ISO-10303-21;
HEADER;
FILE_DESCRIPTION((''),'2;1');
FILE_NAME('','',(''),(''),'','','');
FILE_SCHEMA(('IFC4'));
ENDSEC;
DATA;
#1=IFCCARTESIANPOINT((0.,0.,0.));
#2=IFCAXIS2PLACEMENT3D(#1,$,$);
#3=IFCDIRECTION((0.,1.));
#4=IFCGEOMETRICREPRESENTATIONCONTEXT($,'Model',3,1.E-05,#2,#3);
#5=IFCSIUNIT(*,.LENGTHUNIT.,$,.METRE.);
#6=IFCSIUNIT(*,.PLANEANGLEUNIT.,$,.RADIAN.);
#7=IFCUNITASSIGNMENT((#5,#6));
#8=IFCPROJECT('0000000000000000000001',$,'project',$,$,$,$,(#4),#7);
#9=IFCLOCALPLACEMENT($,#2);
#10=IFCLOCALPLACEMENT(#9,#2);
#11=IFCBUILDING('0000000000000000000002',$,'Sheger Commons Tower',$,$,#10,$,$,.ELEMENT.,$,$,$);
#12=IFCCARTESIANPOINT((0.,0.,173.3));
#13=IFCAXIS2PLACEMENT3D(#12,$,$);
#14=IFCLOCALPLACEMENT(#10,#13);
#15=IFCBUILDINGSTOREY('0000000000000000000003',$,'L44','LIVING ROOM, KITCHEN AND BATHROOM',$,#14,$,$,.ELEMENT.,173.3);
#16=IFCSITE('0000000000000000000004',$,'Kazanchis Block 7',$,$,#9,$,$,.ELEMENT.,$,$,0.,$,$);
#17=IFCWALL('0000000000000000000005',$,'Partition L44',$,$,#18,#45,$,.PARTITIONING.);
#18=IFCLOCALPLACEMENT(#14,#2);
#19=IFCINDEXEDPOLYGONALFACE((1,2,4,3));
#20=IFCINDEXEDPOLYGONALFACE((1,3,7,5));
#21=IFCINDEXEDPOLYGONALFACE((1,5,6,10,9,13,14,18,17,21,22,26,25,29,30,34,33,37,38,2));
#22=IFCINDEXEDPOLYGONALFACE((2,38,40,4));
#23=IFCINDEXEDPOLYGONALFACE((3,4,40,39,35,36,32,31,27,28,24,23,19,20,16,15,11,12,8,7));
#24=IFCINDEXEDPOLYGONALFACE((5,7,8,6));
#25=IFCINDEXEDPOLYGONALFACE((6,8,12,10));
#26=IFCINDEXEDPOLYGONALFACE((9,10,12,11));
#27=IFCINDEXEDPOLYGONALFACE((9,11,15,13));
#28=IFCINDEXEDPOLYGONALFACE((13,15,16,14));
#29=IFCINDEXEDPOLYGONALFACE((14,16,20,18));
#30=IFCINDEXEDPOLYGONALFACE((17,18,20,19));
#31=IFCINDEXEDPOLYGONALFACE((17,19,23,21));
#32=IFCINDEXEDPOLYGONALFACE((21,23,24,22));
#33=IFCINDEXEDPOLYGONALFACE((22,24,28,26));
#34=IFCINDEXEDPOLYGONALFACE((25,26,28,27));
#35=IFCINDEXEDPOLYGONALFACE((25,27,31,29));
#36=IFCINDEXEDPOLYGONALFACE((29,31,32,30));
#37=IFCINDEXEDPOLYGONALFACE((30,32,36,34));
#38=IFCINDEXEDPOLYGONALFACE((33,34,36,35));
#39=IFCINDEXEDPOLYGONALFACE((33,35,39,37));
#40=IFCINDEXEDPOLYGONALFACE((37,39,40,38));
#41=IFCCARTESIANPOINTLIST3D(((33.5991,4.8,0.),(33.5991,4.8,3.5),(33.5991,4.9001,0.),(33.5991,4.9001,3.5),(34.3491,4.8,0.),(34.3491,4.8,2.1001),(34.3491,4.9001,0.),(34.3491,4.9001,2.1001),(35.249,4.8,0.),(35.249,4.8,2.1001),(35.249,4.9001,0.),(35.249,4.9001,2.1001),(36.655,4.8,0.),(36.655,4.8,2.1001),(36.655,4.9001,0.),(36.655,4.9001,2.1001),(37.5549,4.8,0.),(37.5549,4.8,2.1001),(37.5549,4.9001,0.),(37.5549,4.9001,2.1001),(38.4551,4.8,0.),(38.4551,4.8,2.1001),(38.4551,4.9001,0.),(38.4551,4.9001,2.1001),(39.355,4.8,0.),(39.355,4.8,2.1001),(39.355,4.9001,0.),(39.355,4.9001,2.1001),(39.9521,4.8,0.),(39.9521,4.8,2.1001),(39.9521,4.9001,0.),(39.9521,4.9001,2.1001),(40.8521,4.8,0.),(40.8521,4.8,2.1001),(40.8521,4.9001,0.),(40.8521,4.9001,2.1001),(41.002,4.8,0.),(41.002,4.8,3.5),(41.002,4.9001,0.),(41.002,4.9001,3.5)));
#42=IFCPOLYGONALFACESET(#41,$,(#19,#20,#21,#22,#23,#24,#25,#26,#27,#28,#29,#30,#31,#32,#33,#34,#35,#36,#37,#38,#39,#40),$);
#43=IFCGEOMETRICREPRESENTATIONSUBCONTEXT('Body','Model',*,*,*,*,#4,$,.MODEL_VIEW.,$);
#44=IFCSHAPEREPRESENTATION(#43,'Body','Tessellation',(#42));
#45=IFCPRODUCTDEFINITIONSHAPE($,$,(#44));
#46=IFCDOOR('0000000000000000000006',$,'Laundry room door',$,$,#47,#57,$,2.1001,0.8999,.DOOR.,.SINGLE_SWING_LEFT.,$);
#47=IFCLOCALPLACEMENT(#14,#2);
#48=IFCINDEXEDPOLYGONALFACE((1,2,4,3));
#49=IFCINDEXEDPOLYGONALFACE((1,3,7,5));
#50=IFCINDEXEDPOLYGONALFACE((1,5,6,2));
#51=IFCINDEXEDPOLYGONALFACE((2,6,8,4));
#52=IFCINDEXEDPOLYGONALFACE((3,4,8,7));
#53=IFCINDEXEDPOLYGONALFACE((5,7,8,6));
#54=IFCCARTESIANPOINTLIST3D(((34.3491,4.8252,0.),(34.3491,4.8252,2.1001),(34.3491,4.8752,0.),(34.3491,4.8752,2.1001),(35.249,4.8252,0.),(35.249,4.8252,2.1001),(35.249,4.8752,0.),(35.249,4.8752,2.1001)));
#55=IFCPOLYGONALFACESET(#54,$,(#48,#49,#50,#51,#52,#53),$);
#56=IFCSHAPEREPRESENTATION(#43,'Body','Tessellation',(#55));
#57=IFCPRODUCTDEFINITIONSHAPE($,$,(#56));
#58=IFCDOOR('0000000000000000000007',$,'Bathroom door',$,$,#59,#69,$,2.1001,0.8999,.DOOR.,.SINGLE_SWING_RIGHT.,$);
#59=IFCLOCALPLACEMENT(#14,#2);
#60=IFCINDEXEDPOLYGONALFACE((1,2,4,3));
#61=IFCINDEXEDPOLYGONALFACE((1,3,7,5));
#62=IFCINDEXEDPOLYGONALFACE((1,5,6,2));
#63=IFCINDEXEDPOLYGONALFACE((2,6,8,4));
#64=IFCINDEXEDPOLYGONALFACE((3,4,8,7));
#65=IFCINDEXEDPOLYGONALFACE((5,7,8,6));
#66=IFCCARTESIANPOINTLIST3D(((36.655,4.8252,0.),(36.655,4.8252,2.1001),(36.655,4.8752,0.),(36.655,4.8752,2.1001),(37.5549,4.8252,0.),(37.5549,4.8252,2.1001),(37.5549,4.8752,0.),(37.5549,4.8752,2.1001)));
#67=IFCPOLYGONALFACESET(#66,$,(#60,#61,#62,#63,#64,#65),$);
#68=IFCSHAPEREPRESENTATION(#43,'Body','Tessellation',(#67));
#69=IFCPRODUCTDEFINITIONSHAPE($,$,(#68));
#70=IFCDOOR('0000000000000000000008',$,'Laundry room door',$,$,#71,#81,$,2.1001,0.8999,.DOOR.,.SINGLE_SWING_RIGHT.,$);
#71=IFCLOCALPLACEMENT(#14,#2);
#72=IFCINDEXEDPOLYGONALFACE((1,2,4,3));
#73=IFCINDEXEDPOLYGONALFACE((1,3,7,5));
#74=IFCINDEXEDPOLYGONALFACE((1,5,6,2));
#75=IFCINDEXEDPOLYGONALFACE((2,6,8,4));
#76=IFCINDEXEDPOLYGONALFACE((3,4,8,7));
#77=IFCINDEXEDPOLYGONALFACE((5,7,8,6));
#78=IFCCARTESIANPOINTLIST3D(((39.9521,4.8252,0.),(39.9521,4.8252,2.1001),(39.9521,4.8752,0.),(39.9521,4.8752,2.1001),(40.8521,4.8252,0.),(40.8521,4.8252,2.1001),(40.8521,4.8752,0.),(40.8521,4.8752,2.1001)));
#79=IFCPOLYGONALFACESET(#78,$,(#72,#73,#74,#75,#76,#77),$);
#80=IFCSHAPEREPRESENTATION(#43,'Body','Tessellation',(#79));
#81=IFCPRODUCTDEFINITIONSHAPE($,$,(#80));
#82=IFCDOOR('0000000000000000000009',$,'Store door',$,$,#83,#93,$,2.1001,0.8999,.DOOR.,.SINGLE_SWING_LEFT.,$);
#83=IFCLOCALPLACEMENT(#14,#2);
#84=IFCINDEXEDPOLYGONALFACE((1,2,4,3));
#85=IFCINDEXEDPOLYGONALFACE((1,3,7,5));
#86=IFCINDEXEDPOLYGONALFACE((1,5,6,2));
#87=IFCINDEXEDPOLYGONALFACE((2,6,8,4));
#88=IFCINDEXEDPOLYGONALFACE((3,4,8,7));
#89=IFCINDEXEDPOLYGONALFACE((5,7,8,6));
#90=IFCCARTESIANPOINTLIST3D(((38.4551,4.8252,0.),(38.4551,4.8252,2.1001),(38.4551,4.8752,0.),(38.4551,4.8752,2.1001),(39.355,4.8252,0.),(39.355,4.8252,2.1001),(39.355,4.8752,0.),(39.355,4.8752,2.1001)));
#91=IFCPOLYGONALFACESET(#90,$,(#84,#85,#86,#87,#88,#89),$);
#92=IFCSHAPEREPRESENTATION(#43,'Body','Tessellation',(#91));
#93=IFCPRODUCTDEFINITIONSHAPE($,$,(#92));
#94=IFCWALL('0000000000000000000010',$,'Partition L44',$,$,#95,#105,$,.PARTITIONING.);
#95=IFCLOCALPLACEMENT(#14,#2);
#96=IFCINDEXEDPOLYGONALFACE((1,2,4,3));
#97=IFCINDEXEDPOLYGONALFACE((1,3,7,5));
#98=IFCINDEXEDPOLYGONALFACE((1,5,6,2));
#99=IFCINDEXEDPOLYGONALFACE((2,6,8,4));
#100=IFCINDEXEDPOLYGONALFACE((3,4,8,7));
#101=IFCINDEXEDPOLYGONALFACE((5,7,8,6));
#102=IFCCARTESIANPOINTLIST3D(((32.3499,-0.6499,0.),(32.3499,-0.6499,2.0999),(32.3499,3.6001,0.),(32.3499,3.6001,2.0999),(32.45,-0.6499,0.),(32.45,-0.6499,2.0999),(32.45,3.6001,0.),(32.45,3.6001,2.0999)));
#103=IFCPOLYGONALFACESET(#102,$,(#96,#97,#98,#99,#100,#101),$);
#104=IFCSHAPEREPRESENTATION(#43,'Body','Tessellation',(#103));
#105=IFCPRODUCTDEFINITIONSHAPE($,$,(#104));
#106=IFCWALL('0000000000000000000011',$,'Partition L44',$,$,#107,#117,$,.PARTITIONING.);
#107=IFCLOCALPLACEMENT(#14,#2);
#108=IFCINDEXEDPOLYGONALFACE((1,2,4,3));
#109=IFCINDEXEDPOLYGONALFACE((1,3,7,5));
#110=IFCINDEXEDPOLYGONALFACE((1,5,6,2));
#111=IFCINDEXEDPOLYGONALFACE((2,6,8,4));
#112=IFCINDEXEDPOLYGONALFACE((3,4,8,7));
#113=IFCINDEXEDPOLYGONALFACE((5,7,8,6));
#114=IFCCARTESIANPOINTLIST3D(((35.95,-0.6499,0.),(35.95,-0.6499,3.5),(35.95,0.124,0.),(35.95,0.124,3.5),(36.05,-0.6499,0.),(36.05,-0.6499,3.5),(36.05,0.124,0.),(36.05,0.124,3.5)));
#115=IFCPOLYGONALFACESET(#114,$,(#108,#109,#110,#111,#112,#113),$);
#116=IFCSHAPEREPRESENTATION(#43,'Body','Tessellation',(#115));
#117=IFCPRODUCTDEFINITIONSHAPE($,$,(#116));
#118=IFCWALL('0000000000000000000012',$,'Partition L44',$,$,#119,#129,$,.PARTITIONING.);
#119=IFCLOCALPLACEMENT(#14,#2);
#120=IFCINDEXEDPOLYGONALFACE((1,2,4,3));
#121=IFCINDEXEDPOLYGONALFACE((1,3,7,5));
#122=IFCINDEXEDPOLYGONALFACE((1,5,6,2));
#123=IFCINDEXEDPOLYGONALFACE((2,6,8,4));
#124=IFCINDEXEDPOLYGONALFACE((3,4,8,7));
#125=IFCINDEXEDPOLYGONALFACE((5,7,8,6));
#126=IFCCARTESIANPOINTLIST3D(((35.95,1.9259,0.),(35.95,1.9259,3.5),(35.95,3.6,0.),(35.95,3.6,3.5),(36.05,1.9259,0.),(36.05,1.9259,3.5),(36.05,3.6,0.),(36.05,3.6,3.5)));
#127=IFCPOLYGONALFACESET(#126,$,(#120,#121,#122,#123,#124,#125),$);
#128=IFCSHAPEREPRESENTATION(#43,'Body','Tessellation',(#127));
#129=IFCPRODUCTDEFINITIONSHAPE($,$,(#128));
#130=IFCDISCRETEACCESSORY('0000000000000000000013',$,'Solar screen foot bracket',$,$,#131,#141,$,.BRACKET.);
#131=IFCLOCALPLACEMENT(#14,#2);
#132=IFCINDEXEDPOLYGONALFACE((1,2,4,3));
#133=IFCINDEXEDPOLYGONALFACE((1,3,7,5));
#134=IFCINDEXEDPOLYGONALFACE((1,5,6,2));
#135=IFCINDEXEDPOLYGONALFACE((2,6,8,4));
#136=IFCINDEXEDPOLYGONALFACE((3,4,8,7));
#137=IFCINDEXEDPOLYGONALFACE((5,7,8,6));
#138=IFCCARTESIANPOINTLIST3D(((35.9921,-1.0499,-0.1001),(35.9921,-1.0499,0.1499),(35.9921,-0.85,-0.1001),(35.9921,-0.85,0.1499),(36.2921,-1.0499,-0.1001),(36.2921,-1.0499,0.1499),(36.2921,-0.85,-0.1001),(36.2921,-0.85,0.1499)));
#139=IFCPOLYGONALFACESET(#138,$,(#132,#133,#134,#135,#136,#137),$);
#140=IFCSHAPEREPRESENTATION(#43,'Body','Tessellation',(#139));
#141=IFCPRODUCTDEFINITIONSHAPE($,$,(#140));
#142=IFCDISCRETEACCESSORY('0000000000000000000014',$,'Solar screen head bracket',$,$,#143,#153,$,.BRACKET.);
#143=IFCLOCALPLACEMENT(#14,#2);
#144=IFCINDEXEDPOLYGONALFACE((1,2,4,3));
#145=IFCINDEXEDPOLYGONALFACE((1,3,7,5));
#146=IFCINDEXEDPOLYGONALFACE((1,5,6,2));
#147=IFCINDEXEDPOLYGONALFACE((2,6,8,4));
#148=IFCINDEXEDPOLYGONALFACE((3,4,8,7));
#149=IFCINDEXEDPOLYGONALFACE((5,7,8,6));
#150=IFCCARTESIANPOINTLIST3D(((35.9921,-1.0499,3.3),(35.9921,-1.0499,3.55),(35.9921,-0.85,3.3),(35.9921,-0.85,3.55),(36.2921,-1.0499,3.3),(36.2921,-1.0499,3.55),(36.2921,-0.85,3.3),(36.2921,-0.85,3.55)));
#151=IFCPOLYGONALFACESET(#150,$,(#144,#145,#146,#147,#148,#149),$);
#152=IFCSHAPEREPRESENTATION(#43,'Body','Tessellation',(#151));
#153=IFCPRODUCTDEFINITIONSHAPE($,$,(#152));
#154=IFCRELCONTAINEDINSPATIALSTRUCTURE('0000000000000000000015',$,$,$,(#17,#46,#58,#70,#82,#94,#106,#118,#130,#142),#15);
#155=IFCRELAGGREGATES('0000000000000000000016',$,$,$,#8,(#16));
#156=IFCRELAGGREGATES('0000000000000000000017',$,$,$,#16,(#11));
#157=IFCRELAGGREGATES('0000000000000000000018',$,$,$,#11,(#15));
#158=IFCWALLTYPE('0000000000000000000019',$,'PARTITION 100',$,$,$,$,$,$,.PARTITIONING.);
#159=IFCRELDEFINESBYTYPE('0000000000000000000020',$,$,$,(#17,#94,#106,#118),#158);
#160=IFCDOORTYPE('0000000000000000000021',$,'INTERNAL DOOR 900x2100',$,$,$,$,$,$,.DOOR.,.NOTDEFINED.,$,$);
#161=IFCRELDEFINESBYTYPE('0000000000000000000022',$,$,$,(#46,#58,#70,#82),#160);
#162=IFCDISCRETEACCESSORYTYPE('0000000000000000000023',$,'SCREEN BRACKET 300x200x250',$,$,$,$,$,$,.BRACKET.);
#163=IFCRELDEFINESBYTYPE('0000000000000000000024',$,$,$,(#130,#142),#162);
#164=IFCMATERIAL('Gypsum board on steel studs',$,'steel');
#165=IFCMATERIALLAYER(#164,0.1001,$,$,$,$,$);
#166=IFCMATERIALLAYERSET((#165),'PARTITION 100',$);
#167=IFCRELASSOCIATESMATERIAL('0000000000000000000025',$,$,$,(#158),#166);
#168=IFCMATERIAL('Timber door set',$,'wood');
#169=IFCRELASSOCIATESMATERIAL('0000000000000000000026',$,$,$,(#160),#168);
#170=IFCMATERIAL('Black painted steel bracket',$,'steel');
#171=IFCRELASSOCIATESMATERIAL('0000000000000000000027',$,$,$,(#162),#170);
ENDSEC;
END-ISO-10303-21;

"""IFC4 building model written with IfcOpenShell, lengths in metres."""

from ifc_helpers import new_model, si_unit, direction, frame, frame_2d, origin, origin_2d, place, context, subcontext, project, spatial, rectangle, extrude, material, layer, layer_set, type_object, element, fill, save


model = new_model("IFC4")

# Units and contexts
model_context = context("Model", 3, precision=1e-05, world=origin(), true_north=direction((0.0, 1.0)))
body_context = subcontext(model_context, "Body", "Model", "MODEL_VIEW")
ifc_project = project(units=[si_unit("LENGTHUNIT", "METRE"), si_unit("PLANEANGLEUNIT", "RADIAN")], contexts=[model_context])

# Site, building, storey
site_placement = place(None, origin())
site = spatial("IfcSite", under=ifc_project, at=site_placement, Name="Kazanchis Block 7", CompositionType="ELEMENT", RefElevation=0.0)
building_placement = place(site_placement, origin())
building = spatial("IfcBuilding", under=site, at=building_placement, Name="Sheger Commons Tower", CompositionType="ELEMENT")
storey_placement = place(building_placement, frame((0.0, 0.0, 173.3)))
storey = spatial("IfcBuildingStorey", under=building, at=storey_placement, Name="L44", Description="LIVING ROOM, KITCHEN AND BATHROOM", CompositionType="ELEMENT", Elevation=173.3)

# Wall, openings, doors
ifc_material_1 = material(Name="Gypsum board on steel studs", Category="steel")
ifc_layer_1 = layer(ifc_material_1, 0.1001)
ifc_layer_set_1 = layer_set([ifc_layer_1], Name="PARTITION 100")
wall_type_1 = type_object("IfcWallType", Name="PARTITION 100", PredefinedType="PARTITIONING", material=ifc_layer_set_1)
ifc_material_2 = material(Name="Timber door set", Category="wood")
door_type = type_object("IfcDoorType", Name="INTERNAL DOOR 900x2100", OperationType="NOTDEFINED", PredefinedType="DOOR", material=ifc_material_2)
wall_1_placement = place(storey_placement, frame((41.002, 4.8501, 0.0), z_axis=(0.0, 0.0, 1.0), x_axis=(-1.0, 0.0, 0.0)))
wall_1 = element("IfcWall", 1, at=wall_1_placement, inside=storey, type_object=wall_type_1, Name="Partition L44", PredefinedType="PARTITIONING", context=body_context, shape_type="SweptSolid", body=[
    extrude(rectangle(XDim=7.4028, YDim=0.1001, at=frame_2d((3.7014, 0.0))), origin(), (0.0, 0.0, 1.0), 3.5),
])
opening_1_placement = place(wall_1_placement, frame((5.7529, 0.0, 0.0)))
opening_1 = element("IfcOpeningElement", 2, at=opening_1_placement, cuts=wall_1, PredefinedType="OPENING", context=body_context, shape_type="SweptSolid", body=[
    extrude(rectangle(XDim=0.8999, YDim=2.1001, at=frame_2d((0.45, 1.05))), frame((0.0, 0.0601, 0.0), z_axis=(0.0, -1.0, 0.0), x_axis=(1.0, 0.0, 0.0)), (0.0, 0.0, 1.0), 0.1201),
])
opening_2_placement = place(wall_1_placement, frame((3.447, 0.0, 0.0)))
opening_2 = element("IfcOpeningElement", 3, at=opening_2_placement, cuts=wall_1, PredefinedType="OPENING", context=body_context, shape_type="SweptSolid", body=[
    extrude(rectangle(XDim=0.8999, YDim=2.1001, at=frame_2d((0.45, 1.05))), frame((0.0, 0.0601, 0.0), z_axis=(0.0, -1.0, 0.0), x_axis=(1.0, 0.0, 0.0)), (0.0, 0.0, 1.0), 0.1201),
])
opening_3_placement = place(wall_1_placement, frame((0.1499, 0.0, 0.0)))
opening_3 = element("IfcOpeningElement", 4, at=opening_3_placement, cuts=wall_1, PredefinedType="OPENING", context=body_context, shape_type="SweptSolid", body=[
    extrude(rectangle(XDim=0.8999, YDim=2.1001, at=frame_2d((0.45, 1.05))), frame((0.0, 0.0601, 0.0), z_axis=(0.0, -1.0, 0.0), x_axis=(1.0, 0.0, 0.0)), (0.0, 0.0, 1.0), 0.1201),
])
opening_4_placement = place(wall_1_placement, frame((1.647, 0.0, 0.0)))
opening_4 = element("IfcOpeningElement", 5, at=opening_4_placement, cuts=wall_1, PredefinedType="OPENING", context=body_context, shape_type="SweptSolid", body=[
    extrude(rectangle(XDim=0.8999, YDim=2.1001, at=frame_2d((0.45, 1.05))), frame((0.0, 0.0601, 0.0), z_axis=(0.0, -1.0, 0.0), x_axis=(1.0, 0.0, 0.0)), (0.0, 0.0, 1.0), 0.1201),
])
door_1_placement = place(opening_1_placement, origin())
door_1 = element("IfcDoor", 6, at=door_1_placement, inside=storey, type_object=door_type, Name="Laundry room door", OperationType="SINGLE_SWING_LEFT", OverallHeight=2.1001, OverallWidth=0.8999, PredefinedType="DOOR", context=body_context, shape_type="SweptSolid", body=[
    extrude(rectangle(XDim=0.8999, YDim=2.1001, at=frame_2d((0.45, 1.05))), frame((0.0, 0.0249, 0.0), z_axis=(0.0, -1.0, 0.0), x_axis=(1.0, 0.0, 0.0)), (0.0, 0.0, 1.0), 0.05),
])
fill(opening_1, door_1)
door_2_placement = place(opening_2_placement, origin())
door_2 = element("IfcDoor", 7, at=door_2_placement, inside=storey, type_object=door_type, Name="Bathroom door", OperationType="SINGLE_SWING_RIGHT", OverallHeight=2.1001, OverallWidth=0.8999, PredefinedType="DOOR", context=body_context, shape_type="SweptSolid", body=[
    extrude(rectangle(XDim=0.8999, YDim=2.1001, at=frame_2d((0.45, 1.05))), frame((0.0, 0.0249, 0.0), z_axis=(0.0, -1.0, 0.0), x_axis=(1.0, 0.0, 0.0)), (0.0, 0.0, 1.0), 0.05),
])
fill(opening_2, door_2)
door_3_placement = place(opening_3_placement, origin())
door_3 = element("IfcDoor", 8, at=door_3_placement, inside=storey, type_object=door_type, Name="Laundry room door", OperationType="SINGLE_SWING_RIGHT", OverallHeight=2.1001, OverallWidth=0.8999, PredefinedType="DOOR", context=body_context, shape_type="SweptSolid", body=[
    extrude(rectangle(XDim=0.8999, YDim=2.1001, at=frame_2d((0.45, 1.05))), frame((0.0, 0.0249, 0.0), z_axis=(0.0, -1.0, 0.0), x_axis=(1.0, 0.0, 0.0)), (0.0, 0.0, 1.0), 0.05),
])
fill(opening_3, door_3)
door_4_placement = place(opening_4_placement, origin())
door_4 = element("IfcDoor", 9, at=door_4_placement, inside=storey, type_object=door_type, Name="Store door", OperationType="SINGLE_SWING_LEFT", OverallHeight=2.1001, OverallWidth=0.8999, PredefinedType="DOOR", context=body_context, shape_type="SweptSolid", body=[
    extrude(rectangle(XDim=0.8999, YDim=2.1001, at=frame_2d((0.45, 1.05))), frame((0.0, 0.0249, 0.0), z_axis=(0.0, -1.0, 0.0), x_axis=(1.0, 0.0, 0.0)), (0.0, 0.0, 1.0), 0.05),
])
fill(opening_4, door_4)

# Walls
wall_2_placement = place(storey_placement, frame((32.3999, -0.6499, 0.0), z_axis=(0.0, 0.0, 1.0), x_axis=(0.0, 1.0, 0.0)))
element("IfcWall", 10, at=wall_2_placement, inside=storey, type_object=wall_type_1, Name="Partition L44", PredefinedType="PARTITIONING", context=body_context, shape_type="SweptSolid", body=[
    extrude(rectangle(XDim=4.25, YDim=0.1001, at=frame_2d((2.125, 0.0))), origin(), (0.0, 0.0, 1.0), 2.0999),
])
wall_3_placement = place(storey_placement, frame((36.0, -0.6499, 0.0), z_axis=(0.0, 0.0, 1.0), x_axis=(0.0, 1.0, 0.0)))
element("IfcWall", 11, at=wall_3_placement, inside=storey, type_object=wall_type_1, Name="Partition L44", PredefinedType="PARTITIONING", context=body_context, shape_type="SweptSolid", body=[
    extrude(rectangle(XDim=0.7739, YDim=0.1001, at=frame_2d((0.387, 0.0))), origin(), (0.0, 0.0, 1.0), 3.5),
])
wall_4_placement = place(storey_placement, frame((36.0, 1.926, 0.0), z_axis=(0.0, 0.0, 1.0), x_axis=(0.0, 1.0, 0.0)))
element("IfcWall", 12, at=wall_4_placement, inside=storey, type_object=wall_type_1, Name="Partition L44", PredefinedType="PARTITIONING", context=body_context, shape_type="SweptSolid", body=[
    extrude(rectangle(XDim=1.6741, YDim=0.1001, at=frame_2d((0.8369, 0.0))), origin(), (0.0, 0.0, 1.0), 3.5),
])

# Discrete accessories
ifc_material_3 = material(Name="Black painted steel bracket", Category="steel")
discrete_accessory_type = type_object("IfcDiscreteAccessoryType", Name="SCREEN BRACKET 300x200x250", PredefinedType="BRACKET", material=ifc_material_3)
for number, where, z_axis, x_axis, name in (
    (13, (36.1421, -0.95, -0.1001), (0.0, 0.0, 1.0), (1.0, 0.0, 0.0), "Solar screen foot bracket"),
    (14, (36.1421, -0.95, 3.3), (0.0, 0.0, 1.0), (1.0, 0.0, 0.0), "Solar screen head bracket"),
):
    element("IfcDiscreteAccessory", number, at=place(storey_placement, frame(where, z_axis=z_axis, x_axis=x_axis)), inside=storey, type_object=discrete_accessory_type, Name=name, PredefinedType="BRACKET", context=body_context, shape_type="SweptSolid", body=[
        extrude(rectangle(XDim=0.3, YDim=0.2, at=origin_2d()), origin(), (0.0, 0.0, 1.0), 0.25),
    ])

save(model, "model.ifc")
